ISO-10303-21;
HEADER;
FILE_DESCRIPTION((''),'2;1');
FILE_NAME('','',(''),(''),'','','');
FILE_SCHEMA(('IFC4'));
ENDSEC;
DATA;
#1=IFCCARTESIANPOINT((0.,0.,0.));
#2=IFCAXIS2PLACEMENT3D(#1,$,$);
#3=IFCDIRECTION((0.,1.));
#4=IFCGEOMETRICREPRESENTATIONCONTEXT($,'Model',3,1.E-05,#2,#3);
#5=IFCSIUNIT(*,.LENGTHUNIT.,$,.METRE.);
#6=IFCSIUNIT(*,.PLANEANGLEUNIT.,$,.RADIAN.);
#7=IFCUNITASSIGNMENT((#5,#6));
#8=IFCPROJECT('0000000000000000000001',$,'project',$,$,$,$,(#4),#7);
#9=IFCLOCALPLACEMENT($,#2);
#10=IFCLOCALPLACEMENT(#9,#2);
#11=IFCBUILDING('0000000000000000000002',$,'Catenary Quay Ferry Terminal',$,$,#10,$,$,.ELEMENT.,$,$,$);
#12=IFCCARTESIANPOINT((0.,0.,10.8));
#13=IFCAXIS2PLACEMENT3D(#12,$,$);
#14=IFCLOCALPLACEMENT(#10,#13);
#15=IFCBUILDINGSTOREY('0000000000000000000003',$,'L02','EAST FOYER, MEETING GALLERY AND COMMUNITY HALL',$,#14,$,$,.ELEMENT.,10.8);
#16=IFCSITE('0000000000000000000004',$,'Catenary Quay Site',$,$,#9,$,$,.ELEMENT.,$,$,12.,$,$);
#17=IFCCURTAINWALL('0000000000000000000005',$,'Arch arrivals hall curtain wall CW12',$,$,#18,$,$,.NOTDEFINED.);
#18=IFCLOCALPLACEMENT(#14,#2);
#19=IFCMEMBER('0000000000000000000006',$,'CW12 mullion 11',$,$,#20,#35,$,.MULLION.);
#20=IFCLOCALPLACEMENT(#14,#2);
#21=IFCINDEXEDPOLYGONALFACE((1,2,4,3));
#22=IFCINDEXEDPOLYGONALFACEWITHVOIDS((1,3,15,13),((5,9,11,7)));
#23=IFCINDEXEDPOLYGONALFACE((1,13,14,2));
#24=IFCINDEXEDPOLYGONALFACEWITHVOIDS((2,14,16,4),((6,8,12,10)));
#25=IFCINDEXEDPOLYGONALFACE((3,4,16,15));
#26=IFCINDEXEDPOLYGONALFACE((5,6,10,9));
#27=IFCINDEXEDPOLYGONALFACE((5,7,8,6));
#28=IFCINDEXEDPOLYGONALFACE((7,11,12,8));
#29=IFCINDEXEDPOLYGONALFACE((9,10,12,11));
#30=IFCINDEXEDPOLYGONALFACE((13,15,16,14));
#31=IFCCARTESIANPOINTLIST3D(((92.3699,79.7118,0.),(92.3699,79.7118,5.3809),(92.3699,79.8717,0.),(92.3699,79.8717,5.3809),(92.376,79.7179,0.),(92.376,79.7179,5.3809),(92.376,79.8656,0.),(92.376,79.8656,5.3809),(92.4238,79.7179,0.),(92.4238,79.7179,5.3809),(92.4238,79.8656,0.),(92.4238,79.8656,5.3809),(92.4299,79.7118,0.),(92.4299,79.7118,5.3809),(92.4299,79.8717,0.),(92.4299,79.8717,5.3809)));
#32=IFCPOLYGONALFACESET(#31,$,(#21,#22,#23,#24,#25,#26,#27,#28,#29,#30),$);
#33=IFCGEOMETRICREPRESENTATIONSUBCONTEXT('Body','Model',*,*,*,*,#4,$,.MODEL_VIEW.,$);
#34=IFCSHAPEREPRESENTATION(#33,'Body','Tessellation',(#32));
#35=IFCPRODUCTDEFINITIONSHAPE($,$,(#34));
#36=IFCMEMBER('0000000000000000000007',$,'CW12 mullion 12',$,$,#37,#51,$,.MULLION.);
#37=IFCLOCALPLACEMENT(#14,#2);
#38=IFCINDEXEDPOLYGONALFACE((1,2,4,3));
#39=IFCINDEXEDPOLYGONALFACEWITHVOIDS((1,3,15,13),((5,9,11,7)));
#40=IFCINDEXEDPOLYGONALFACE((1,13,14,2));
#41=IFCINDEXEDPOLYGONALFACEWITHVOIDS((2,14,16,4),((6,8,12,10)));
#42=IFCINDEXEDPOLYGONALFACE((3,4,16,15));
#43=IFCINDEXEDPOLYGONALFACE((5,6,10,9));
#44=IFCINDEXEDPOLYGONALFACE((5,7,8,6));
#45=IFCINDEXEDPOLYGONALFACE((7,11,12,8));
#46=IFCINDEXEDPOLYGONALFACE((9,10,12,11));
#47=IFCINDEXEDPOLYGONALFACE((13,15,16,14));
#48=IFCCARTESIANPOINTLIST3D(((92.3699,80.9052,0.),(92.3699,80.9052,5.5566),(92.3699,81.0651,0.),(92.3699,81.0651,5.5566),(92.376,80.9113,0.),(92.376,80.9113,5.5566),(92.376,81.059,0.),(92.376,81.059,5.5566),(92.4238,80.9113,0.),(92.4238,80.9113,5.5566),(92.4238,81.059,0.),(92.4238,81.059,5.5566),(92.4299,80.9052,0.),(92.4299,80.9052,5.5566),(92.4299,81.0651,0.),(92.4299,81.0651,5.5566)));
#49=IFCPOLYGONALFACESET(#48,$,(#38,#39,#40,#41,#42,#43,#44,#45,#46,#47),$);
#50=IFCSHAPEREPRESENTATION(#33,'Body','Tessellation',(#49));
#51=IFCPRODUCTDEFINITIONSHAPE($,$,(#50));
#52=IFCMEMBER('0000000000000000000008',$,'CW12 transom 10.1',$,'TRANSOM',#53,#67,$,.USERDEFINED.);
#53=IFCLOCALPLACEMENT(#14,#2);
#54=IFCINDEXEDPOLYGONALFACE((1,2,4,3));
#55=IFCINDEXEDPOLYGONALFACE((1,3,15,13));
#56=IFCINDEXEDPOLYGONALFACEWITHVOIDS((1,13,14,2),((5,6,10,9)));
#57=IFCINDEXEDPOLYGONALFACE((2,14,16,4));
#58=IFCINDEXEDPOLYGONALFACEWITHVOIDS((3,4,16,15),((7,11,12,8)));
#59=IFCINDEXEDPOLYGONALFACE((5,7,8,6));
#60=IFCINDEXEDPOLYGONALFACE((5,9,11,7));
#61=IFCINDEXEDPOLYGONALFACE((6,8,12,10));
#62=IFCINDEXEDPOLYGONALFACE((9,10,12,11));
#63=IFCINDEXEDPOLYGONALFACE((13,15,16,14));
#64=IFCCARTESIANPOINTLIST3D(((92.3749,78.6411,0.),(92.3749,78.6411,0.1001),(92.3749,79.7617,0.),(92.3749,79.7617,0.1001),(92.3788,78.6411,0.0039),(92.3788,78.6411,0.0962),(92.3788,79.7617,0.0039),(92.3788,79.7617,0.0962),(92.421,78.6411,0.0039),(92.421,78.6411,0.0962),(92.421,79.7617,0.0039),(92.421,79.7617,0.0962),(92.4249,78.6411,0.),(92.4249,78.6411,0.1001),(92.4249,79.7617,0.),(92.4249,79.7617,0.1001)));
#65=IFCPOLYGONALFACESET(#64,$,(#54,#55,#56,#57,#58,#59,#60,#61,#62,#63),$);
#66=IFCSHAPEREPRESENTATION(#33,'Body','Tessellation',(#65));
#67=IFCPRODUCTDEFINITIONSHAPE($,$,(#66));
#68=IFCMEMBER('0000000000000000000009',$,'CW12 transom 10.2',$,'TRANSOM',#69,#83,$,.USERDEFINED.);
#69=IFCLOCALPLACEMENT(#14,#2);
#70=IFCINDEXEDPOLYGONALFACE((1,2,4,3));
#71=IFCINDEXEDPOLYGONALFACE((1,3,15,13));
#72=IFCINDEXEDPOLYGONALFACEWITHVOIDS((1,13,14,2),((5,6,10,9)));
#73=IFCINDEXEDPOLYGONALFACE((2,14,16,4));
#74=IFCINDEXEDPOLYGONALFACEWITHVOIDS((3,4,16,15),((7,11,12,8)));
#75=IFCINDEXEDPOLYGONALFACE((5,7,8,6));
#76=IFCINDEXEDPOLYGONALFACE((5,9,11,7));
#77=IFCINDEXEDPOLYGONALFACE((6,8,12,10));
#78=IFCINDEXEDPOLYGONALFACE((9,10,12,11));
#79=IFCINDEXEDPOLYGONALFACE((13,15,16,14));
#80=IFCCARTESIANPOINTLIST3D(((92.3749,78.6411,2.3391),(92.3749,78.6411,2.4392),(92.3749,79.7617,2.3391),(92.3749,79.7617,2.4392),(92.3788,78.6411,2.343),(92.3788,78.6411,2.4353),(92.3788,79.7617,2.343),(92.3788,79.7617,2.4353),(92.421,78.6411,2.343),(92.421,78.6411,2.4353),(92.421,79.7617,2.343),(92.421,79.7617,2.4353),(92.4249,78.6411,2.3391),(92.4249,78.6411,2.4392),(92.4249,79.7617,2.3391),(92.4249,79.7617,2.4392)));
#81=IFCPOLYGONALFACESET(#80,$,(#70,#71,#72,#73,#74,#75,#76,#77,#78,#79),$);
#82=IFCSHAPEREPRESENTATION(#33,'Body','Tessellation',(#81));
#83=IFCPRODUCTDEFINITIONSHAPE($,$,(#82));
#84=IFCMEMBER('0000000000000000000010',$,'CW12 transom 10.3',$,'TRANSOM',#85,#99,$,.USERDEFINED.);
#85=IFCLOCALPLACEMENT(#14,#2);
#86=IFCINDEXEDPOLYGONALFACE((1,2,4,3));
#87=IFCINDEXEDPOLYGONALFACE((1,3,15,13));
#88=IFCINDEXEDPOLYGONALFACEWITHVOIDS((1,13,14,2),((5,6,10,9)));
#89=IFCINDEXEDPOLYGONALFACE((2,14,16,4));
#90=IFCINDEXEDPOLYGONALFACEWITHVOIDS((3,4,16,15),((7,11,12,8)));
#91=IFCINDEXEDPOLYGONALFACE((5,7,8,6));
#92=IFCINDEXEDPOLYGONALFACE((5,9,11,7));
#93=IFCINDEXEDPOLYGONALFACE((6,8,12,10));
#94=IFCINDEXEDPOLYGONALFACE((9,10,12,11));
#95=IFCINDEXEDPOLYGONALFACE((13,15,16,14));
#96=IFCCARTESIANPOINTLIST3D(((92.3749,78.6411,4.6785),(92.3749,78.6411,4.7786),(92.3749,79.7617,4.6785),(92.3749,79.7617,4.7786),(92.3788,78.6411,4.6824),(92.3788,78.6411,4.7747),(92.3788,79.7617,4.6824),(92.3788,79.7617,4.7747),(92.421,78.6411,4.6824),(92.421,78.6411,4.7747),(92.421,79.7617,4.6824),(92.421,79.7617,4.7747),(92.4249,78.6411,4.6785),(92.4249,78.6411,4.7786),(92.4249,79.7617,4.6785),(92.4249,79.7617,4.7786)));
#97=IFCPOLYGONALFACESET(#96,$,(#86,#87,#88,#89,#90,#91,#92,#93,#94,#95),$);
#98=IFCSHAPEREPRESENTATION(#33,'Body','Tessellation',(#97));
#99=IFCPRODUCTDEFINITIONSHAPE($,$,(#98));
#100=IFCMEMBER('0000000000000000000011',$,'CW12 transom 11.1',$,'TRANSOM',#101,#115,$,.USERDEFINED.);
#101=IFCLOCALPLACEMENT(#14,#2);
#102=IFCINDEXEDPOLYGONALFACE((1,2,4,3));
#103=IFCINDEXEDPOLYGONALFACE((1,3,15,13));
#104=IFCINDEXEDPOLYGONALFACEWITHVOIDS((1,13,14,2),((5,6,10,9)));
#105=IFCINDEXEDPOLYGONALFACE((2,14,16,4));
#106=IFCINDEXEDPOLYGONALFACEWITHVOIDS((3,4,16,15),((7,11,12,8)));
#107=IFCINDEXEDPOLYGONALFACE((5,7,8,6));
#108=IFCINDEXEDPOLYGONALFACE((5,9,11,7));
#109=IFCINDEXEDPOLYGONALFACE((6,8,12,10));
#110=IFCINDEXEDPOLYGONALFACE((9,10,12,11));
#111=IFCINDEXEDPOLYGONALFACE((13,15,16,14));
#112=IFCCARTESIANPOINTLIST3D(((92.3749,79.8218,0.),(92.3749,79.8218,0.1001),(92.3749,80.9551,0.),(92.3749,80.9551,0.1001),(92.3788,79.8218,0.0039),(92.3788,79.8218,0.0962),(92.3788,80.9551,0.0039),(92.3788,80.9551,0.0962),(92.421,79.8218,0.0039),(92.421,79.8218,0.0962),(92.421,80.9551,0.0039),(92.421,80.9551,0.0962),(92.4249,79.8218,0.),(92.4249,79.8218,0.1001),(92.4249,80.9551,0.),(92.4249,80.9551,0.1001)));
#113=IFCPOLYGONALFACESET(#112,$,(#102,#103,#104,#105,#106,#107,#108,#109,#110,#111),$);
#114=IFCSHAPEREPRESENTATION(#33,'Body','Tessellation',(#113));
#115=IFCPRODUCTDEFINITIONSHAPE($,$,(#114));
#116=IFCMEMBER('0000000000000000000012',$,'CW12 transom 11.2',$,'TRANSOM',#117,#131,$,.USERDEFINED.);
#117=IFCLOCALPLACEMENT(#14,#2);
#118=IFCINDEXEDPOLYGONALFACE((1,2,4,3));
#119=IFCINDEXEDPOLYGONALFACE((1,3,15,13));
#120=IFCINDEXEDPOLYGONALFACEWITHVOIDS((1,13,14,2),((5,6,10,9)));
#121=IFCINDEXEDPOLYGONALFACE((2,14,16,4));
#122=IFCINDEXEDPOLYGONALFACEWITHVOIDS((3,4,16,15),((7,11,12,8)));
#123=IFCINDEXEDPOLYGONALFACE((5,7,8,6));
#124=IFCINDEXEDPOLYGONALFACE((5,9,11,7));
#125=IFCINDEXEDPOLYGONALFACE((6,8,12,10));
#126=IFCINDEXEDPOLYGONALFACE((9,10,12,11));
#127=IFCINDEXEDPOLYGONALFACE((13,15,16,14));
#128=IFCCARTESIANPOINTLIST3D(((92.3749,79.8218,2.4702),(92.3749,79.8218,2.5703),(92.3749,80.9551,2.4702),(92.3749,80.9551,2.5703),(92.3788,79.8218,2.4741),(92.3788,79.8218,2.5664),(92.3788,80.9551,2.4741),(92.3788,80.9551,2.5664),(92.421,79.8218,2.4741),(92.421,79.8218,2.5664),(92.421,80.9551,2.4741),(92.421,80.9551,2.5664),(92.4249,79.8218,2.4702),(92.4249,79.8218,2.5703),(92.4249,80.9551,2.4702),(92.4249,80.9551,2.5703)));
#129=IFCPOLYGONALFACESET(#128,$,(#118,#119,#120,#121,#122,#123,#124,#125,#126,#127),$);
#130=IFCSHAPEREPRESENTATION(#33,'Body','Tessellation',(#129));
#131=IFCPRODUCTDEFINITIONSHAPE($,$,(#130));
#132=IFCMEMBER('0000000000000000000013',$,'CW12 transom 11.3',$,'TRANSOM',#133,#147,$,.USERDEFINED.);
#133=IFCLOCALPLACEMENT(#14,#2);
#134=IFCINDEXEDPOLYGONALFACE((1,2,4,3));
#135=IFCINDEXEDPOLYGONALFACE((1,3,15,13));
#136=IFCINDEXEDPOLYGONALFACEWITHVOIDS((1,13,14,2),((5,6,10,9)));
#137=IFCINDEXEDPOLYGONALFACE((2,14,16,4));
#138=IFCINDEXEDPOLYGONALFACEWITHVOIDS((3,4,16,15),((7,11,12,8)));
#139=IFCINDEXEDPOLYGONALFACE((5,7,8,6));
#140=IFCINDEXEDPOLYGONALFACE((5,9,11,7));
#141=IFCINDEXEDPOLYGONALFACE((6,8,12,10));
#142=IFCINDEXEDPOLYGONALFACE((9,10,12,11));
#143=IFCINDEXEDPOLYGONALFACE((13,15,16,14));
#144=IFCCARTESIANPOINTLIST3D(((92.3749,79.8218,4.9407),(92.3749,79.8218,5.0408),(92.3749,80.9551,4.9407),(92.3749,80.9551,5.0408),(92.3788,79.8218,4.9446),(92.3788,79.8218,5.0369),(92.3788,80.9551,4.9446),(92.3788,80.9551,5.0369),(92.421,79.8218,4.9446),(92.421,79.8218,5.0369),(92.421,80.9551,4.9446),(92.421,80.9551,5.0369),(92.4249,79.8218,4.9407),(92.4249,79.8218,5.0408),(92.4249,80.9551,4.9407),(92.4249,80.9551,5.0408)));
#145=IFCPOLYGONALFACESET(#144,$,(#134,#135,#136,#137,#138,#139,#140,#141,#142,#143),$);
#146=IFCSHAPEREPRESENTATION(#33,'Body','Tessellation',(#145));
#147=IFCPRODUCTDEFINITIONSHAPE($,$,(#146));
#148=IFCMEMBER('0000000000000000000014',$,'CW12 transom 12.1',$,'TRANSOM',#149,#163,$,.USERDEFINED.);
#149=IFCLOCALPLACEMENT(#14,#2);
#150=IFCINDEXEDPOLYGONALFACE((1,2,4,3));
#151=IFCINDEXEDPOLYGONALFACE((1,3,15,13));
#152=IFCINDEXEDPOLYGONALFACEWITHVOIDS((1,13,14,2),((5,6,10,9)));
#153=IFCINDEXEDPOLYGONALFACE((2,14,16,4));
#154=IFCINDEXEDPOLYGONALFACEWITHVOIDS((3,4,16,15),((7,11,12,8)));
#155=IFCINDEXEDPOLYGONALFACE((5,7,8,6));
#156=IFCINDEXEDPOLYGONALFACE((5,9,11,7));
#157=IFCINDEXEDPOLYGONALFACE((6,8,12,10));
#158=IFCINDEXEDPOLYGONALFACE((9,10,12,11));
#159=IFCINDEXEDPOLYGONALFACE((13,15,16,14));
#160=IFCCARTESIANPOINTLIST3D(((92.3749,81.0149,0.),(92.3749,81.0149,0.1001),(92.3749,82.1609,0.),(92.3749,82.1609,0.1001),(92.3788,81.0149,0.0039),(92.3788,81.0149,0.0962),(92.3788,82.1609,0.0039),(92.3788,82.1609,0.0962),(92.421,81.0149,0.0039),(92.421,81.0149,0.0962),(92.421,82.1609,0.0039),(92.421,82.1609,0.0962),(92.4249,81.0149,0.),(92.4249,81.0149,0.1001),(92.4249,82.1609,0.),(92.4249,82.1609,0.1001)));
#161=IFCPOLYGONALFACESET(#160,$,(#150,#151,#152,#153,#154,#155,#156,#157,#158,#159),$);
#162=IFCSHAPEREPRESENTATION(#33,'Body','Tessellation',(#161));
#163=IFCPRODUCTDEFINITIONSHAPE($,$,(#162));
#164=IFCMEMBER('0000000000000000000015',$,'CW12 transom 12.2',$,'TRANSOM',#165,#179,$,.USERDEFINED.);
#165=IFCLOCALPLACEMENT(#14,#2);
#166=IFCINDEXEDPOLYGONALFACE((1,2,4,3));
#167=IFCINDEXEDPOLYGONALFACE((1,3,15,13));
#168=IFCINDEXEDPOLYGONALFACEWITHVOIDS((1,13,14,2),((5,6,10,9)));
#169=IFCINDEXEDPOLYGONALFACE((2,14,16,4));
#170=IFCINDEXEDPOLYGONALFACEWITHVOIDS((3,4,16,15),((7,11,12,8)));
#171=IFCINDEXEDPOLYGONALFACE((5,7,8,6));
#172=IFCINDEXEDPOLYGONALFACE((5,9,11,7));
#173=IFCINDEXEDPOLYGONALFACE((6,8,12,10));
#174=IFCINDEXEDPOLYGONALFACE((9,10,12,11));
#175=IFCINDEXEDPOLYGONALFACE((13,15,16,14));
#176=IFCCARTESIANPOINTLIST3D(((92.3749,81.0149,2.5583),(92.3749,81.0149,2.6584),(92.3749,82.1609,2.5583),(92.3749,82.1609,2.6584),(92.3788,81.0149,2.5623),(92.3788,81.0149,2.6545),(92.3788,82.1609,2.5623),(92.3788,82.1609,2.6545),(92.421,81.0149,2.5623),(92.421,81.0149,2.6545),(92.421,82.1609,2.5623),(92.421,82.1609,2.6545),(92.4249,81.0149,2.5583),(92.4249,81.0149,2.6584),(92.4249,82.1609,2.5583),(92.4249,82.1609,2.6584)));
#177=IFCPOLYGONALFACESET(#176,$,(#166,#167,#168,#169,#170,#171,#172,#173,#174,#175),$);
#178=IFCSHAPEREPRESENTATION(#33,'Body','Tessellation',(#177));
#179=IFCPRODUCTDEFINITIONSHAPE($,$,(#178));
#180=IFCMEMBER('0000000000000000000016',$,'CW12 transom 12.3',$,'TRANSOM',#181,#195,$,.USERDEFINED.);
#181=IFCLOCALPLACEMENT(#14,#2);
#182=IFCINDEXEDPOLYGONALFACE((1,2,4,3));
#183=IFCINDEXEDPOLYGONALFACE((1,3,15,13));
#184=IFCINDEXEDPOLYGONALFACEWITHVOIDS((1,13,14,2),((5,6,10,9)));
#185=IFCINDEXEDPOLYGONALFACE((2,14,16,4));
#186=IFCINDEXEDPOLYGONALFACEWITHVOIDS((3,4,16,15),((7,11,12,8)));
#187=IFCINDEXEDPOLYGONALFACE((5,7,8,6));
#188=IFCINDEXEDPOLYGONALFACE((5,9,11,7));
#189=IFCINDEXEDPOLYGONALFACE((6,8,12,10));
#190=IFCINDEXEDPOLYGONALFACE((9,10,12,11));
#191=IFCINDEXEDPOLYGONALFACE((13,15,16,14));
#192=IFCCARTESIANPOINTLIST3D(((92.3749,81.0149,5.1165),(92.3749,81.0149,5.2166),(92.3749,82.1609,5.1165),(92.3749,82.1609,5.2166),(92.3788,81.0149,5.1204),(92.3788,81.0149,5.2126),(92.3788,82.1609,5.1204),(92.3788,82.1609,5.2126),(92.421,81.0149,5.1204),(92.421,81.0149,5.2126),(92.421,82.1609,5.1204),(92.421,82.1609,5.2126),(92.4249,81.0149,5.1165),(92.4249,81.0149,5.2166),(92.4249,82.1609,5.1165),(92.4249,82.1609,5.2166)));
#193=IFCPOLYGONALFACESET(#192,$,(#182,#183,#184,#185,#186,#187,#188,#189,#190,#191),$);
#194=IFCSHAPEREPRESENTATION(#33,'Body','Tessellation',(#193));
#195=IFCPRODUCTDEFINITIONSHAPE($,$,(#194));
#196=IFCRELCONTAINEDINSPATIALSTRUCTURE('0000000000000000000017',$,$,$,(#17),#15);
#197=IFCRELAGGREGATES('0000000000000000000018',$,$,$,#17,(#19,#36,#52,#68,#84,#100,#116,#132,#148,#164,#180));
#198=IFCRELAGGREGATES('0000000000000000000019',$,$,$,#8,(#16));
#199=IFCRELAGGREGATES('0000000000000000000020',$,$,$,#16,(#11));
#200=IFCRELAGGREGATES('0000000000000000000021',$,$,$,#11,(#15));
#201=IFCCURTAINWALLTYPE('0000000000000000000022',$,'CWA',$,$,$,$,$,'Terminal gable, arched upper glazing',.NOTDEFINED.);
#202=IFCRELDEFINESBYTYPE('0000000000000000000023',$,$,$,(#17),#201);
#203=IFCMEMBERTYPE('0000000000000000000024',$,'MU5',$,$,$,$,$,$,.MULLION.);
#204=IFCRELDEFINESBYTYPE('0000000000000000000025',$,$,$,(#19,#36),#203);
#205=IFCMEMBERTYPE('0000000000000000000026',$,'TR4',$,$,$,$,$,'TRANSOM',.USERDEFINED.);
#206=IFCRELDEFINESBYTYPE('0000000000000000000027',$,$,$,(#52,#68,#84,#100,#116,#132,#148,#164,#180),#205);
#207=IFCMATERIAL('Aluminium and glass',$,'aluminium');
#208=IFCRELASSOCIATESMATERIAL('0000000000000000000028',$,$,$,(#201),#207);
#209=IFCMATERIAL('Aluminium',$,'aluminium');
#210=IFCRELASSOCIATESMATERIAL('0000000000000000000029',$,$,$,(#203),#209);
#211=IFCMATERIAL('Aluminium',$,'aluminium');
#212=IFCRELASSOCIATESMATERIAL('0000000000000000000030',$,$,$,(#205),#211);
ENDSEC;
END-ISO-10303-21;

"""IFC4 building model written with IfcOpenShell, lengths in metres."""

from ifc_helpers import new_model, si_unit, direction, frame, origin, origin_2d, place, context, subcontext, project, spatial, hollow_rectangle, extrude, material, material_profile, profile_set, type_object, element, aggregate, save


model = new_model("IFC4")

# Units and contexts
model_context = context("Model", 3, precision=1e-05, world=origin(), true_north=direction((0.0, 1.0)))
body_context = subcontext(model_context, "Body", "Model", "MODEL_VIEW")
ifc_project = project(units=[si_unit("LENGTHUNIT", "METRE"), si_unit("PLANEANGLEUNIT", "RADIAN")], contexts=[model_context])

# Site, building, storey
site_placement = place(None, origin())
site = spatial("IfcSite", under=ifc_project, at=site_placement, Name="Catenary Quay Site", CompositionType="ELEMENT", RefElevation=12.0)
building_placement = place(site_placement, origin())
building = spatial("IfcBuilding", under=site, at=building_placement, Name="Catenary Quay Ferry Terminal", CompositionType="ELEMENT")
storey_placement = place(building_placement, frame((0.0, 0.0, 10.8)))
storey = spatial("IfcBuildingStorey", under=building, at=storey_placement, Name="L02", Description="EAST FOYER, MEETING GALLERY AND COMMUNITY HALL", CompositionType="ELEMENT", Elevation=10.8)

# Curtain wall, members
ifc_material_1 = material(Name="Aluminium and glass", Category="aluminium")
curtain_wall_type = type_object("IfcCurtainWallType", Name="CWA", ElementType="Terminal gable, arched upper glazing", PredefinedType="NOTDEFINED", material=ifc_material_1)
curtain_wall_placement = place(storey_placement, origin())
curtain_wall = element("IfcCurtainWall", 1, at=curtain_wall_placement, inside=storey, type_object=curtain_wall_type, Name="Arch arrivals hall curtain wall CW12", PredefinedType="NOTDEFINED")
ifc_material_2 = material(Name="Aluminium", Category="aluminium")
ifc_material_profile_1 = material_profile(ifc_material_2, hollow_rectangle(XDim=0.0601, YDim=0.1599, WallThickness=0.0061, at=origin_2d()), Name="MU5")
ifc_profile_set_1 = profile_set([ifc_material_profile_1], Name="Aluminium")
member_type_1 = type_object("IfcMemberType", Name="MU5", PredefinedType="MULLION", material=ifc_profile_set_1)
member_1_placement = place(storey_placement, frame((92.3999, 79.7917, 0.0), z_axis=(0.0, 0.0, 1.0), x_axis=(-1.0, 0.0, 0.0)))
member_1 = element("IfcMember", 2, at=member_1_placement, type_object=member_type_1, Name="CW12 mullion 11", PredefinedType="MULLION", context=body_context, shape_type="SweptSolid", body=[
    extrude(hollow_rectangle(XDim=0.0601, YDim=0.1599, WallThickness=0.0061, at=origin_2d()), origin(), (0.0, 0.0, 1.0), 5.3809),
])
member_2_placement = place(storey_placement, frame((92.3999, 80.9851, 0.0), z_axis=(0.0, 0.0, 1.0), x_axis=(-1.0, 0.0, 0.0)))
member_2 = element("IfcMember", 3, at=member_2_placement, type_object=member_type_1, Name="CW12 mullion 12", PredefinedType="MULLION", context=body_context, shape_type="SweptSolid", body=[
    extrude(hollow_rectangle(XDim=0.0601, YDim=0.1599, WallThickness=0.0061, at=origin_2d()), origin(), (0.0, 0.0, 1.0), 5.5566),
])
ifc_material_3 = material(Name="Aluminium", Category="aluminium")
ifc_material_profile_2 = material_profile(ifc_material_3, hollow_rectangle(XDim=0.05, YDim=0.1001, WallThickness=0.0039, at=origin_2d()), Name="TR4")
ifc_profile_set_2 = profile_set([ifc_material_profile_2], Name="Aluminium")
member_type_2 = type_object("IfcMemberType", Name="TR4", ElementType="TRANSOM", PredefinedType="USERDEFINED", material=ifc_profile_set_2)
member_3_placement = place(storey_placement, frame((92.3999, 78.6411, 0.05), z_axis=(0.0, 1.0, 0.0), x_axis=(-1.0, 0.0, 0.0)))
member_3 = element("IfcMember", 4, at=member_3_placement, type_object=member_type_2, Name="CW12 transom 10.1", ObjectType="TRANSOM", PredefinedType="USERDEFINED", context=body_context, shape_type="SweptSolid", body=[
    extrude(hollow_rectangle(XDim=0.05, YDim=0.1001, WallThickness=0.0039, at=origin_2d()), origin(), (0.0, 0.0, 1.0), 1.1206),
])
member_4_placement = place(storey_placement, frame((92.3999, 78.6411, 2.3892), z_axis=(0.0, 1.0, 0.0), x_axis=(-1.0, 0.0, 0.0)))
member_4 = element("IfcMember", 5, at=member_4_placement, type_object=member_type_2, Name="CW12 transom 10.2", ObjectType="TRANSOM", PredefinedType="USERDEFINED", context=body_context, shape_type="SweptSolid", body=[
    extrude(hollow_rectangle(XDim=0.05, YDim=0.1001, WallThickness=0.0039, at=origin_2d()), origin(), (0.0, 0.0, 1.0), 1.1206),
])
member_5_placement = place(storey_placement, frame((92.3999, 78.6411, 4.7285), z_axis=(0.0, 1.0, 0.0), x_axis=(-1.0, 0.0, 0.0)))
member_5 = element("IfcMember", 6, at=member_5_placement, type_object=member_type_2, Name="CW12 transom 10.3", ObjectType="TRANSOM", PredefinedType="USERDEFINED", context=body_context, shape_type="SweptSolid", body=[
    extrude(hollow_rectangle(XDim=0.05, YDim=0.1001, WallThickness=0.0039, at=origin_2d()), origin(), (0.0, 0.0, 1.0), 1.1206),
])
member_6_placement = place(storey_placement, frame((92.3999, 79.8218, 0.05), z_axis=(0.0, 1.0, 0.0), x_axis=(-1.0, 0.0, 0.0)))
member_6 = element("IfcMember", 7, at=member_6_placement, type_object=member_type_2, Name="CW12 transom 11.1", ObjectType="TRANSOM", PredefinedType="USERDEFINED", context=body_context, shape_type="SweptSolid", body=[
    extrude(hollow_rectangle(XDim=0.05, YDim=0.1001, WallThickness=0.0039, at=origin_2d()), origin(), (0.0, 0.0, 1.0), 1.1333),
])
member_7_placement = place(storey_placement, frame((92.3999, 79.8218, 2.5203), z_axis=(0.0, 1.0, 0.0), x_axis=(-1.0, 0.0, 0.0)))
member_7 = element("IfcMember", 8, at=member_7_placement, type_object=member_type_2, Name="CW12 transom 11.2", ObjectType="TRANSOM", PredefinedType="USERDEFINED", context=body_context, shape_type="SweptSolid", body=[
    extrude(hollow_rectangle(XDim=0.05, YDim=0.1001, WallThickness=0.0039, at=origin_2d()), origin(), (0.0, 0.0, 1.0), 1.1333),
])
member_8_placement = place(storey_placement, frame((92.3999, 79.8218, 4.9907), z_axis=(0.0, 1.0, 0.0), x_axis=(-1.0, 0.0, 0.0)))
member_8 = element("IfcMember", 9, at=member_8_placement, type_object=member_type_2, Name="CW12 transom 11.3", ObjectType="TRANSOM", PredefinedType="USERDEFINED", context=body_context, shape_type="SweptSolid", body=[
    extrude(hollow_rectangle(XDim=0.05, YDim=0.1001, WallThickness=0.0039, at=origin_2d()), origin(), (0.0, 0.0, 1.0), 1.1333),
])
member_9_placement = place(storey_placement, frame((92.3999, 81.0149, 0.05), z_axis=(0.0, 1.0, 0.0), x_axis=(-1.0, 0.0, 0.0)))
member_9 = element("IfcMember", 10, at=member_9_placement, type_object=member_type_2, Name="CW12 transom 12.1", ObjectType="TRANSOM", PredefinedType="USERDEFINED", context=body_context, shape_type="SweptSolid", body=[
    extrude(hollow_rectangle(XDim=0.05, YDim=0.1001, WallThickness=0.0039, at=origin_2d()), origin(), (0.0, 0.0, 1.0), 1.146),
])
member_10_placement = place(storey_placement, frame((92.3999, 81.0149, 2.6084), z_axis=(0.0, 1.0, 0.0), x_axis=(-1.0, 0.0, 0.0)))
member_10 = element("IfcMember", 11, at=member_10_placement, type_object=member_type_2, Name="CW12 transom 12.2", ObjectType="TRANSOM", PredefinedType="USERDEFINED", context=body_context, shape_type="SweptSolid", body=[
    extrude(hollow_rectangle(XDim=0.05, YDim=0.1001, WallThickness=0.0039, at=origin_2d()), origin(), (0.0, 0.0, 1.0), 1.146),
])
member_11_placement = place(storey_placement, frame((92.3999, 81.0149, 5.1665), z_axis=(0.0, 1.0, 0.0), x_axis=(-1.0, 0.0, 0.0)))
member_11 = element("IfcMember", 12, at=member_11_placement, type_object=member_type_2, Name="CW12 transom 12.3", ObjectType="TRANSOM", PredefinedType="USERDEFINED", context=body_context, shape_type="SweptSolid", body=[
    extrude(hollow_rectangle(XDim=0.05, YDim=0.1001, WallThickness=0.0039, at=origin_2d()), origin(), (0.0, 0.0, 1.0), 1.146),
])

aggregate(curtain_wall, [member_1, member_2, member_3, member_4, member_5, member_6, member_7, member_8, member_9, member_10, member_11])

save(model, "model.ifc")
